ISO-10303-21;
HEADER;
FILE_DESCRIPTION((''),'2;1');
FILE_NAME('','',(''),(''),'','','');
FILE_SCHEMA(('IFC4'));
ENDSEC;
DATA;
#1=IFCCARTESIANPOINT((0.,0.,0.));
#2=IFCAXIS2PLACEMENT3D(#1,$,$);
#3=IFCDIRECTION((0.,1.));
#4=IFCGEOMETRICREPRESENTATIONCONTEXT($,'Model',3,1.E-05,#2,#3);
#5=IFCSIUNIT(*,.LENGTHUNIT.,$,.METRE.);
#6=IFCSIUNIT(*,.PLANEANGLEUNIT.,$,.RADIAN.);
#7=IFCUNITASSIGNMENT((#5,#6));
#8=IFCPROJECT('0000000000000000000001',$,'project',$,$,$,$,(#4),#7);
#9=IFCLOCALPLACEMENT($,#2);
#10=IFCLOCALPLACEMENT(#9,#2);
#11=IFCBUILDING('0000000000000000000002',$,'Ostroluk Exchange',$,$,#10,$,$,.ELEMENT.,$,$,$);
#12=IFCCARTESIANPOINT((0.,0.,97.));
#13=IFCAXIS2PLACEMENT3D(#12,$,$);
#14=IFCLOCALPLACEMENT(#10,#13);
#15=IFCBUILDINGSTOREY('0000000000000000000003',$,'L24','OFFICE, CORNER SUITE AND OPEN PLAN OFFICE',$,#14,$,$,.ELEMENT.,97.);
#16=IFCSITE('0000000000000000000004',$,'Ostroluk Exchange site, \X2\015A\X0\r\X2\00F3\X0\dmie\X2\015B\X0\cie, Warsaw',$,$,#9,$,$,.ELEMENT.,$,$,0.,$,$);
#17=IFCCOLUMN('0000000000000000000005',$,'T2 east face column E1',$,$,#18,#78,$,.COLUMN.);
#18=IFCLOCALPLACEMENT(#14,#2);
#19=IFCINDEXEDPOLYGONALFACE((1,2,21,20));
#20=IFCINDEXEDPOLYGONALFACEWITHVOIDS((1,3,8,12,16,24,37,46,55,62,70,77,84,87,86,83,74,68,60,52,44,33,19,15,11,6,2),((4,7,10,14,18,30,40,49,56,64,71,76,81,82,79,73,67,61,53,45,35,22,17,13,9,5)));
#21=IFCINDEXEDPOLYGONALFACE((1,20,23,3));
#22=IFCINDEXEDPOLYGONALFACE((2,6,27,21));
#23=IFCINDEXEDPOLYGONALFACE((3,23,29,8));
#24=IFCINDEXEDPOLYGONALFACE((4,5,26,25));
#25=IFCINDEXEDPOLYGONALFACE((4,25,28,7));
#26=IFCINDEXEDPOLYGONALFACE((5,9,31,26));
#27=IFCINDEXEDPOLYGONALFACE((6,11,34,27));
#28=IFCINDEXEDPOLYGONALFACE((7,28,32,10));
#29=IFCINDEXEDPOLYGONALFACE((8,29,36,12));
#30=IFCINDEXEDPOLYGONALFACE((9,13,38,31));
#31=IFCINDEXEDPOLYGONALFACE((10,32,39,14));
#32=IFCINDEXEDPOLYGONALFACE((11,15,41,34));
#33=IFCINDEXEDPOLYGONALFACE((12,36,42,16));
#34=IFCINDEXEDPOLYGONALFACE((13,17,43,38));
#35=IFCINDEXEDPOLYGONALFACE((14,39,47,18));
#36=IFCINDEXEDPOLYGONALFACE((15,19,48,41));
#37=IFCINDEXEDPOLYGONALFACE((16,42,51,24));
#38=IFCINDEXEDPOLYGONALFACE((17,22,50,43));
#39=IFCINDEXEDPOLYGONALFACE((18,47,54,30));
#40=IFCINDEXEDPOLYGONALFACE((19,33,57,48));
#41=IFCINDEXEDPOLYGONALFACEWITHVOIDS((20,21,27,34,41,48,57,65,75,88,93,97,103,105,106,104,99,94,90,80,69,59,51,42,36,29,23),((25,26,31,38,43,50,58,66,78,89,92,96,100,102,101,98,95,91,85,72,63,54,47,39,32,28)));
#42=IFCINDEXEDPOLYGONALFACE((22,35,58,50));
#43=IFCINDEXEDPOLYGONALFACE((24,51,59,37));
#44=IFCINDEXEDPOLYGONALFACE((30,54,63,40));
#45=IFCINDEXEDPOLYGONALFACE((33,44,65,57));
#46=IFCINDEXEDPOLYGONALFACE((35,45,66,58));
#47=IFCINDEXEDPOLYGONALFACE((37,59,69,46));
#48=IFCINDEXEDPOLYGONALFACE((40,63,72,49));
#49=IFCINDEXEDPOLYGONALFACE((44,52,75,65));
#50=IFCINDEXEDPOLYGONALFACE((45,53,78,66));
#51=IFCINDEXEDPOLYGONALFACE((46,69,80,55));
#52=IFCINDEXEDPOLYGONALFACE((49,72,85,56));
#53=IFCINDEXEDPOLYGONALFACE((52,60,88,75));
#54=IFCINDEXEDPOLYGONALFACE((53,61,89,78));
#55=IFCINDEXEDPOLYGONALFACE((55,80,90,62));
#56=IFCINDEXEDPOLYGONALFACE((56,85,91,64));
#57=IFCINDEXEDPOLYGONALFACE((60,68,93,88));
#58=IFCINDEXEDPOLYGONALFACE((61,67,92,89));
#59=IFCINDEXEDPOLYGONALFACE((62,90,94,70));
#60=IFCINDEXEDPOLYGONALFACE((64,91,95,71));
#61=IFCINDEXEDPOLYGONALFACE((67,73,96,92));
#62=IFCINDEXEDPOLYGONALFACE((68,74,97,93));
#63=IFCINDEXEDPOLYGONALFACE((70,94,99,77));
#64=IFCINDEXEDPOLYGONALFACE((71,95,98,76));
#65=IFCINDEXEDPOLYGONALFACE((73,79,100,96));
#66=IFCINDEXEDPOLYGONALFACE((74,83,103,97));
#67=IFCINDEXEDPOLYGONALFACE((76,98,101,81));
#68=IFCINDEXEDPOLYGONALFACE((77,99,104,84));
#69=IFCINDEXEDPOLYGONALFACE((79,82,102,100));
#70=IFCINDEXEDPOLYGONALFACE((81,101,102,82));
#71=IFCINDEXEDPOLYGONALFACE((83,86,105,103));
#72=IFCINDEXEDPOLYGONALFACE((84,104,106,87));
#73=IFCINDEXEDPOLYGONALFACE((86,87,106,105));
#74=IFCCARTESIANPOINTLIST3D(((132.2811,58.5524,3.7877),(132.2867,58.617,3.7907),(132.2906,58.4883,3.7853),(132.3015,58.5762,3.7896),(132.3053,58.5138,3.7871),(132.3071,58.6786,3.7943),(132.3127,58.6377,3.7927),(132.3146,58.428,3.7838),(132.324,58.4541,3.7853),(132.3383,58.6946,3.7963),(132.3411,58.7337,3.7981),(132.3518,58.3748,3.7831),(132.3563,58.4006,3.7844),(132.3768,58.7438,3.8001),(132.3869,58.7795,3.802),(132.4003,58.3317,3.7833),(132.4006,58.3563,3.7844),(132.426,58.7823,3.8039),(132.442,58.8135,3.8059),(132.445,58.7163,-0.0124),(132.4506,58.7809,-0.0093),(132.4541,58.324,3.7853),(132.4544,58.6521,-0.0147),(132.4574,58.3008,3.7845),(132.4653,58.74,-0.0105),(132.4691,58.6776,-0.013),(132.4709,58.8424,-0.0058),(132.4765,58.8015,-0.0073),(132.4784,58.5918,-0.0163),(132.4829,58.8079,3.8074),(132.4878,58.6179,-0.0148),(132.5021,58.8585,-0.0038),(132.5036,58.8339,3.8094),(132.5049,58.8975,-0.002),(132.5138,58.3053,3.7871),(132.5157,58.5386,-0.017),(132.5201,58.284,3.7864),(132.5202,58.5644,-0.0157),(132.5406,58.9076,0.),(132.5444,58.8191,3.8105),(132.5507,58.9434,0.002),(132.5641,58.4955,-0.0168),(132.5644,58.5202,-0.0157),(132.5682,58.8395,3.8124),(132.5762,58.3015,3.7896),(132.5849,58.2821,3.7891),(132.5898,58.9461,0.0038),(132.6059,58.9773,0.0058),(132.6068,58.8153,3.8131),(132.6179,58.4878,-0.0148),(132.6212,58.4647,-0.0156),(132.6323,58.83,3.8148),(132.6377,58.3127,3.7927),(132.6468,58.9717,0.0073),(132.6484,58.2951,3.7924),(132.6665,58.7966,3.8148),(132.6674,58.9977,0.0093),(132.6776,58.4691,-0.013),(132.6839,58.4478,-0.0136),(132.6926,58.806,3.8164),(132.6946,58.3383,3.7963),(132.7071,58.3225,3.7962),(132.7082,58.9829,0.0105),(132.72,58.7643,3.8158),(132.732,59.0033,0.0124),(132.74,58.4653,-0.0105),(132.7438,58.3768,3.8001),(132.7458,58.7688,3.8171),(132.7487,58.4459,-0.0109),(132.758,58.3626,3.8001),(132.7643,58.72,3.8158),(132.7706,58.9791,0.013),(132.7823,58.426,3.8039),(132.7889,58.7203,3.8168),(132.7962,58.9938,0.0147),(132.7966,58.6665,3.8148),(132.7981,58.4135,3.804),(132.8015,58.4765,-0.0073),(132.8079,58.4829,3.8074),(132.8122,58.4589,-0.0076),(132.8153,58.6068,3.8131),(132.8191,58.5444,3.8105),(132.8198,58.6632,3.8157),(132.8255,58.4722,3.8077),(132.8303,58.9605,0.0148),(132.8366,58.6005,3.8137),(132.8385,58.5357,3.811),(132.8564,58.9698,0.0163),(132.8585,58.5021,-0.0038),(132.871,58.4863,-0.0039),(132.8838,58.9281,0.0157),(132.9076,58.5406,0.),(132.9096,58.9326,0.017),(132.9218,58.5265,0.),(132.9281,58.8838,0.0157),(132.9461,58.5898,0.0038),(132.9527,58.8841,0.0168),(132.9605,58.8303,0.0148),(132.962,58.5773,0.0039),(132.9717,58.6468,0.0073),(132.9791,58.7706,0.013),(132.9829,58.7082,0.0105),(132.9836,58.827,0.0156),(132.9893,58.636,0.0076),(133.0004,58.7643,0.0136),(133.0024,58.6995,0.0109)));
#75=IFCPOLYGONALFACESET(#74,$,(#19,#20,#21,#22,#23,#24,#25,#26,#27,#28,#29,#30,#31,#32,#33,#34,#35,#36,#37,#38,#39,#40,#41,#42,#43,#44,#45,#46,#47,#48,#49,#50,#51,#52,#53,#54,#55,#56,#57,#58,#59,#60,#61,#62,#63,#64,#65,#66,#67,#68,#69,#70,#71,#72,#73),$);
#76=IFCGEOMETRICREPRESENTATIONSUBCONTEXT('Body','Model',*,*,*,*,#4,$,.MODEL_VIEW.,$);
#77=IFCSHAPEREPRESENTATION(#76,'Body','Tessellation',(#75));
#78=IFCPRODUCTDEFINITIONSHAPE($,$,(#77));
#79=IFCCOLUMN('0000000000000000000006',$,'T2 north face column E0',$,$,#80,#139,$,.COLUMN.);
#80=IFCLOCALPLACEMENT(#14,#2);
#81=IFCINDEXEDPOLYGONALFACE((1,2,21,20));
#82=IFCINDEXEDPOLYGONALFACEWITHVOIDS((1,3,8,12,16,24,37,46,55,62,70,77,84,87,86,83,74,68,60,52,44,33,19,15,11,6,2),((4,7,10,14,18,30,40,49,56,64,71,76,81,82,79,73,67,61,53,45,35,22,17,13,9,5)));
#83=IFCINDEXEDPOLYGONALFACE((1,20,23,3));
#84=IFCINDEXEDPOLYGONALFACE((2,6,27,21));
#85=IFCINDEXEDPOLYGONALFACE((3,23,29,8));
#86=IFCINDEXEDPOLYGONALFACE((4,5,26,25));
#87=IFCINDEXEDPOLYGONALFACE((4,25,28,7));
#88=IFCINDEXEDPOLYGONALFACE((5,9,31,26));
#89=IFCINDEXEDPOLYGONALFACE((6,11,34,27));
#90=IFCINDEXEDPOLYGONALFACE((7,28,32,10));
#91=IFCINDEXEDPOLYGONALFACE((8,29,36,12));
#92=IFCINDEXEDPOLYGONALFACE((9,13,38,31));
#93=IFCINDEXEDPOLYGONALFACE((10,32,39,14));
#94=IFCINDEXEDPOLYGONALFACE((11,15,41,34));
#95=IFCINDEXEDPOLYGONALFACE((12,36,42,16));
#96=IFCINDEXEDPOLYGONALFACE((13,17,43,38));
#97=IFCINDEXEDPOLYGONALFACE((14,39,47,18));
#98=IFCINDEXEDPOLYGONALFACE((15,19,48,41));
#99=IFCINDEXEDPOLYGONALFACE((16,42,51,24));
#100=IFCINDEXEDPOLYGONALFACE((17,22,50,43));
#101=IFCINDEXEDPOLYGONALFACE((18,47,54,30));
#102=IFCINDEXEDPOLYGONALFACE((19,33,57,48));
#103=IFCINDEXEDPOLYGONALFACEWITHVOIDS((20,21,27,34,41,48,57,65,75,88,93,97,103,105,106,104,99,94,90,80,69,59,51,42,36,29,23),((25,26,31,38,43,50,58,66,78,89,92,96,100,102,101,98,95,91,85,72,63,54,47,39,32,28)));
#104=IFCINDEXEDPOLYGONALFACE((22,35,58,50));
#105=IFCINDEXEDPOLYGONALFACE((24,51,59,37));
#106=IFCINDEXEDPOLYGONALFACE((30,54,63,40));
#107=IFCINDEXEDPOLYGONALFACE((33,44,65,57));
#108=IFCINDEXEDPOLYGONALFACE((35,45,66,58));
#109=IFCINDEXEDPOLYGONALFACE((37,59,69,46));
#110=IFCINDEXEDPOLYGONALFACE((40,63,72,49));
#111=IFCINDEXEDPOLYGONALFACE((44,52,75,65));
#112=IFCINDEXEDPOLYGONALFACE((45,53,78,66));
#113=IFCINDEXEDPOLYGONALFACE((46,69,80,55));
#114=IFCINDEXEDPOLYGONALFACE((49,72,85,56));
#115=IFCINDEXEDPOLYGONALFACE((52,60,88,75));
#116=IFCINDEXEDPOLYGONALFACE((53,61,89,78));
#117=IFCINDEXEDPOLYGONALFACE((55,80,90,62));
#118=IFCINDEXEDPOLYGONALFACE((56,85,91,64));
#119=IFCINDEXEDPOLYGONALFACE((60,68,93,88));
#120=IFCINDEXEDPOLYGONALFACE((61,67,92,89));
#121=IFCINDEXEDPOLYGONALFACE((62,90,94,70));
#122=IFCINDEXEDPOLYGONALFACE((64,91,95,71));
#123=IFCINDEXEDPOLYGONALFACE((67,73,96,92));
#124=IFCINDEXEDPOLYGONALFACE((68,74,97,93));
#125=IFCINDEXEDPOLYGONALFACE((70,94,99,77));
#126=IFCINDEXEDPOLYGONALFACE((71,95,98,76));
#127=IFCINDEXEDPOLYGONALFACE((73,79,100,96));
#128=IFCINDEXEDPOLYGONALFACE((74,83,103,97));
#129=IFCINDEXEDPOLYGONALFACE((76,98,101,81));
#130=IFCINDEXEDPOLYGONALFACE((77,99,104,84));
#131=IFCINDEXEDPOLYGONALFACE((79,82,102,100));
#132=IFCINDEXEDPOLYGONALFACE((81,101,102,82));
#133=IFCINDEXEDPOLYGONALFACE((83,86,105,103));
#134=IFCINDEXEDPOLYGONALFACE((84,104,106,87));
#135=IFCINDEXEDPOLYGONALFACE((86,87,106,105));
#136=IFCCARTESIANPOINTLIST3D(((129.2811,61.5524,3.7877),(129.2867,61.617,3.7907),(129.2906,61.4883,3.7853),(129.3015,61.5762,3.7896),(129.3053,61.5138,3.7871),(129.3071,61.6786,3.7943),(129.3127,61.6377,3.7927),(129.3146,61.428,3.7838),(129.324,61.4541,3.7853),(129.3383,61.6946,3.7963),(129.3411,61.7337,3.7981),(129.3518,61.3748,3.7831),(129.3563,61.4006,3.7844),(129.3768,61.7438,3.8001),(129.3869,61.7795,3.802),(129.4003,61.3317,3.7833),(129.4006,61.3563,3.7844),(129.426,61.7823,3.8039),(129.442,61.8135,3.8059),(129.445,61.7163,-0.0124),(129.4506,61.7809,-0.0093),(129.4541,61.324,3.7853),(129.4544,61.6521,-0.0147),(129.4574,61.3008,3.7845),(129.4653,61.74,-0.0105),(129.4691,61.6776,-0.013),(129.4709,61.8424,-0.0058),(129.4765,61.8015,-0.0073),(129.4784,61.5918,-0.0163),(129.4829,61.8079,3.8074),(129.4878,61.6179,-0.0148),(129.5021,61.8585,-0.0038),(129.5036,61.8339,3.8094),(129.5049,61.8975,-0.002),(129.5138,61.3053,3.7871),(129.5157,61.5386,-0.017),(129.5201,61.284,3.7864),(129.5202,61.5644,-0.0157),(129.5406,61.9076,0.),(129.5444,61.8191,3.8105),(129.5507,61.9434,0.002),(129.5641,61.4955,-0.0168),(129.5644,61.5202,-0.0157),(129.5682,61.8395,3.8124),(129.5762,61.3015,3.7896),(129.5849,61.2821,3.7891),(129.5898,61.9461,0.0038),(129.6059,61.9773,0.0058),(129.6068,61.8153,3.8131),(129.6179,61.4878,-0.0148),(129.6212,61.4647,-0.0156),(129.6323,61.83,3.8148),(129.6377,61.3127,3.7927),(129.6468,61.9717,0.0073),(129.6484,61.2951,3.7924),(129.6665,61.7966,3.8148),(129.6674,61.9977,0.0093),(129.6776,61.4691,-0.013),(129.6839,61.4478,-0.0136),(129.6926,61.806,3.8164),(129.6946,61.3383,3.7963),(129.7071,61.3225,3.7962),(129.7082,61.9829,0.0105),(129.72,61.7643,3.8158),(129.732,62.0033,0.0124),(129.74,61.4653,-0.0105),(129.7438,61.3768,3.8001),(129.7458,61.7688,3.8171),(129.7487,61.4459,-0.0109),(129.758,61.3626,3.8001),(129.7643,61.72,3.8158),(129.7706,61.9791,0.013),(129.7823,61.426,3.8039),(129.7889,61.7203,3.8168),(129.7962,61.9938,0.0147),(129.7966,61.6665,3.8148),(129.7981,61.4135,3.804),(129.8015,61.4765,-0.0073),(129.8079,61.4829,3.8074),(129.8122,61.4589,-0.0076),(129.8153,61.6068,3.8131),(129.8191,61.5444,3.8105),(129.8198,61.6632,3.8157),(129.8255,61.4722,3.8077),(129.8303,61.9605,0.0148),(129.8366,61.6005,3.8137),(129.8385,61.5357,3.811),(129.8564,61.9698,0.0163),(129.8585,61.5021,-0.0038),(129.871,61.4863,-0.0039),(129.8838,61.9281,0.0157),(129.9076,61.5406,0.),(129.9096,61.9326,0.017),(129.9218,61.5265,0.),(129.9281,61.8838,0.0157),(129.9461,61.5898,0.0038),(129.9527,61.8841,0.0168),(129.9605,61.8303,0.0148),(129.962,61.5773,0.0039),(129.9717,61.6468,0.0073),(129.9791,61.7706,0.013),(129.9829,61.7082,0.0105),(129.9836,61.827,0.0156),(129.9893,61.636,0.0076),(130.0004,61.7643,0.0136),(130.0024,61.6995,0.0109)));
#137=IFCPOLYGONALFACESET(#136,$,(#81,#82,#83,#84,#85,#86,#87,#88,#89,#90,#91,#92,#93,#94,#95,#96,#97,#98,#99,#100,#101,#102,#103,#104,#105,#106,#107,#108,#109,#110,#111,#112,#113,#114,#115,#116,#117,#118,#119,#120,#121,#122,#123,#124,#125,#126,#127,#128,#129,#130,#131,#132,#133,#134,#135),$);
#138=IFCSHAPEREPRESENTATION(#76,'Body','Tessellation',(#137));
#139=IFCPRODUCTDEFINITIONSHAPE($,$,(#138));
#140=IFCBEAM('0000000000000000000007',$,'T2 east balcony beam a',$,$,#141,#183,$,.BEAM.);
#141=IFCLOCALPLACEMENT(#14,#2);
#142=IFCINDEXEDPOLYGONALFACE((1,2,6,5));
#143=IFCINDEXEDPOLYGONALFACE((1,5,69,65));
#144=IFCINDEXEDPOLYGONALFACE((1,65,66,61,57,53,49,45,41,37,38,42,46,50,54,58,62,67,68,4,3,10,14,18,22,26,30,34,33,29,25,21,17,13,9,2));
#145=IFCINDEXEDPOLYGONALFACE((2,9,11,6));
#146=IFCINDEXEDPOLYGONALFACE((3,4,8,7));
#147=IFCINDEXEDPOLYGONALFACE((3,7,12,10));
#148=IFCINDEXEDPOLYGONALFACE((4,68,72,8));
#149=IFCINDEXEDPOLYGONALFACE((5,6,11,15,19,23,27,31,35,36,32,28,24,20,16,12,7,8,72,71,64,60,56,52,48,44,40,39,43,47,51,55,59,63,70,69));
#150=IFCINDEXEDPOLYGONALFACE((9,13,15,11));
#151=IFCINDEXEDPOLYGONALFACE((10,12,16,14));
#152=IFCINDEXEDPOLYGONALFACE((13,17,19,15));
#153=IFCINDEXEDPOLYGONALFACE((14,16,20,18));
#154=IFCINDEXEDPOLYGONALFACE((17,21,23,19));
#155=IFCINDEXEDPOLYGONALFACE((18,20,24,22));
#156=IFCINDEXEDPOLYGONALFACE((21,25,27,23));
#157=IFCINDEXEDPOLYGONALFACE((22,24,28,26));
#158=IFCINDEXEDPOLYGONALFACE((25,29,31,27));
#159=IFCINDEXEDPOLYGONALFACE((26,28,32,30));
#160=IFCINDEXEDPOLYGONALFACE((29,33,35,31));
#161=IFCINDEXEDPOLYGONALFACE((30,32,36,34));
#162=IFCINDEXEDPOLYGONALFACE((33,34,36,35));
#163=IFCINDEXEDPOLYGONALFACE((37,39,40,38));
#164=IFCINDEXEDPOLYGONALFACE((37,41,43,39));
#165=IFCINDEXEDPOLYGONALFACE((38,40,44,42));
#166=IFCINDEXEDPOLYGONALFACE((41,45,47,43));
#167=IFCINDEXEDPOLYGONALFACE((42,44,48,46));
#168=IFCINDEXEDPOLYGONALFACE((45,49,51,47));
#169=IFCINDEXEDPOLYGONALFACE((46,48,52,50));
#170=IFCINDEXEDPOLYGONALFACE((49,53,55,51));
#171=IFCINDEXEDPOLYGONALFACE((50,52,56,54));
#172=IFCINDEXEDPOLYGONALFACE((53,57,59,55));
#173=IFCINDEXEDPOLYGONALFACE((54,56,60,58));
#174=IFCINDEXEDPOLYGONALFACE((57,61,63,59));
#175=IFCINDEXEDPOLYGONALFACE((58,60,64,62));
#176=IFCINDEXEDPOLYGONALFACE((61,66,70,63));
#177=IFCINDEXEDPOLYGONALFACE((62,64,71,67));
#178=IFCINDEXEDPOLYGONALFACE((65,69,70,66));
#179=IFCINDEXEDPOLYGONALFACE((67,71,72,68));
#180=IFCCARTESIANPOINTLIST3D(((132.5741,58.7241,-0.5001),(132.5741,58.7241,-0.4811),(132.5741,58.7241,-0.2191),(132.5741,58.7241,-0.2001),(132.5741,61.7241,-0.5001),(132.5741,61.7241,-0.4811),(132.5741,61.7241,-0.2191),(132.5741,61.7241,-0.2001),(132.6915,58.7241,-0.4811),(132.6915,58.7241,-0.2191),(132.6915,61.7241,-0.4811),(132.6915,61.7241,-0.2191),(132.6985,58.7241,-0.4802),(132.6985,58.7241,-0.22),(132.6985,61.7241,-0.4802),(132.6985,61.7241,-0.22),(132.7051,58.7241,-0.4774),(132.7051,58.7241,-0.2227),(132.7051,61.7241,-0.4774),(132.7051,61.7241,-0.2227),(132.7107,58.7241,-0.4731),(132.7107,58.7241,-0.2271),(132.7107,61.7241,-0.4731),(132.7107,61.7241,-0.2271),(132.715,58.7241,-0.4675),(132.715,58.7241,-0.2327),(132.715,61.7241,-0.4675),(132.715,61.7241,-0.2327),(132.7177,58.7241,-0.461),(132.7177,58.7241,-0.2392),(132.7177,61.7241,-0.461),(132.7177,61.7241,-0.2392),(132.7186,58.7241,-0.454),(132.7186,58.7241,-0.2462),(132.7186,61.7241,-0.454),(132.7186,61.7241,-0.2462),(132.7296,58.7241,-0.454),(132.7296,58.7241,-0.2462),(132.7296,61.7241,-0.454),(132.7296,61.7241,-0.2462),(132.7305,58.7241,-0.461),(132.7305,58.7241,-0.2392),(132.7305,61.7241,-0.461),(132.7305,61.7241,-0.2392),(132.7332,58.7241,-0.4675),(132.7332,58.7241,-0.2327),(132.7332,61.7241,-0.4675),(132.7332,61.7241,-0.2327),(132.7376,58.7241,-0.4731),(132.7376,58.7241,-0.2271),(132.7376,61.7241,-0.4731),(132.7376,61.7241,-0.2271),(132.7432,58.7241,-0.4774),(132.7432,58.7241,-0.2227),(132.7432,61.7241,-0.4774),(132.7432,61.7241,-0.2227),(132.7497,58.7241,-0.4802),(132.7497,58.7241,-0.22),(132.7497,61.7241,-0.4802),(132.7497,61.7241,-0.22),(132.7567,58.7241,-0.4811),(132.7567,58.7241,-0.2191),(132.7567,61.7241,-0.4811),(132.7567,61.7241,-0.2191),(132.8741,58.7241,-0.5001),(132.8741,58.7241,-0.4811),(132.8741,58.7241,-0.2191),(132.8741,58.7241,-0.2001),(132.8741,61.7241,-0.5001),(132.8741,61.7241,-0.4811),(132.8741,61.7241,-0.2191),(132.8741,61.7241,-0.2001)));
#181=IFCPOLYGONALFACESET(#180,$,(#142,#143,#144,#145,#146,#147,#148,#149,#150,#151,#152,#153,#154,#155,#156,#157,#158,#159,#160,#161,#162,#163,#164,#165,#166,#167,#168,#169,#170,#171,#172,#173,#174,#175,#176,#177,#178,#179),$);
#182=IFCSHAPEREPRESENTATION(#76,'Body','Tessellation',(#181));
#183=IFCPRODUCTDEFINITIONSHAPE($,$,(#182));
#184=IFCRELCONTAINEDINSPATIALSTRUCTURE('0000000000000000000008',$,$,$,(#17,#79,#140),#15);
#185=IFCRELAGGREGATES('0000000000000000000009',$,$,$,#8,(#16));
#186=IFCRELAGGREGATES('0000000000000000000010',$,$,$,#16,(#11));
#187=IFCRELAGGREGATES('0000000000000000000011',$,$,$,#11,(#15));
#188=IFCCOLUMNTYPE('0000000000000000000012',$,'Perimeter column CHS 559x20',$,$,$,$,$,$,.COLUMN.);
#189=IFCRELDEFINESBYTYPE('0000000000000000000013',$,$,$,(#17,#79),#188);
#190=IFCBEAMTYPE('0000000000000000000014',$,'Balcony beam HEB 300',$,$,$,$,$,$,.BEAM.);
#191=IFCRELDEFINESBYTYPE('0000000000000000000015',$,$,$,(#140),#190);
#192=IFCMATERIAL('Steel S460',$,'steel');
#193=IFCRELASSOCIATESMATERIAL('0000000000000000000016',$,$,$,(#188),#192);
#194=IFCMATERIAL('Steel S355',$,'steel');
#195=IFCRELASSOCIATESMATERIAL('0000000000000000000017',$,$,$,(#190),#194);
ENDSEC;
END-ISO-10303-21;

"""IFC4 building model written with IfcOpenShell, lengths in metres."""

from ifc_helpers import new_model, si_unit, direction, frame, origin, origin_2d, place, context, subcontext, project, spatial, hollow_circle, i_section, extrude, material, material_profile, profile_set, type_object, element, save


model = new_model("IFC4")

# Units and contexts
model_context = context("Model", 3, precision=1e-05, world=origin(), true_north=direction((0.0, 1.0)))
body_context = subcontext(model_context, "Body", "Model", "MODEL_VIEW")
ifc_project = project(units=[si_unit("LENGTHUNIT", "METRE"), si_unit("PLANEANGLEUNIT", "RADIAN")], contexts=[model_context])

# Site, building, storey
site_placement = place(None, origin())
site = spatial("IfcSite", under=ifc_project, at=site_placement, Name="Ostroluk Exchange site, Śródmieście, Warsaw", CompositionType="ELEMENT", RefElevation=0.0)
building_placement = place(site_placement, origin())
building = spatial("IfcBuilding", under=site, at=building_placement, Name="Ostroluk Exchange", CompositionType="ELEMENT")
storey_placement = place(building_placement, frame((0.0, 0.0, 97.0)))
storey = spatial("IfcBuildingStorey", under=building, at=storey_placement, Name="L24", Description="OFFICE, CORNER SUITE AND OPEN PLAN OFFICE", CompositionType="ELEMENT", Elevation=97.0)

# Columns
ifc_material_1 = material(Name="Steel S460", Category="steel")
ifc_material_profile_1 = material_profile(ifc_material_1, hollow_circle(Radius=0.2795, WallThickness=0.02, at=origin_2d()), Name="CHS 559x20")
ifc_profile_set_1 = profile_set([ifc_material_profile_1], Name="Steel S460")
column_type = type_object("IfcColumnType", Name="Perimeter column CHS 559x20", PredefinedType="COLUMN", material=ifc_profile_set_1)
for number, where, z_axis, x_axis, name in (
    (1, (132.7241, 58.7241, 0.0), (-0.04303, -0.04303, 0.998147), (0.707107, -0.707107, 0.0), "T2 east face column E1"),
    (2, (129.7241, 61.7241, 0.0), (-0.04303, -0.04303, 0.998147), (0.707107, -0.707107, 0.0), "T2 north face column E0"),
):
    element("IfcColumn", number, at=place(storey_placement, frame(where, z_axis=z_axis, x_axis=x_axis)), inside=storey, type_object=column_type, Name=name, PredefinedType="COLUMN", context=body_context, shape_type="SweptSolid", body=[
        extrude(hollow_circle(Radius=0.2795, WallThickness=0.02, at=origin_2d()), origin(), (0.0, 0.0, 1.0), 3.8071),
    ])

# Beam
ifc_material_2 = material(Name="Steel S355", Category="steel")
ifc_material_profile_2 = material_profile(ifc_material_2, i_section(OverallWidth=0.3, OverallDepth=0.3, WebThickness=0.011, FlangeThickness=0.019, FilletRadius=0.0271, at=origin_2d()), Name="HEB 300")
ifc_profile_set_2 = profile_set([ifc_material_profile_2], Name="Steel S355")
beam_type_1 = type_object("IfcBeamType", Name="Balcony beam HEB 300", PredefinedType="BEAM", material=ifc_profile_set_2)
for number, where, z_axis, x_axis, name in (
    (3, (132.7241, 58.7241, -0.3501), (0.0, 1.0, 0.0), (-1.0, 0.0, 0.0), "T2 east balcony beam a"),
):
    element("IfcBeam", number, at=place(storey_placement, frame(where, z_axis=z_axis, x_axis=x_axis)), inside=storey, type_object=beam_type_1, Name=name, PredefinedType="BEAM", context=body_context, shape_type="SweptSolid", body=[
        extrude(i_section(OverallWidth=0.3, OverallDepth=0.3, WebThickness=0.011, FlangeThickness=0.019, FilletRadius=0.0271, at=origin_2d()), origin(), (0.0, 0.0, 1.0), 3.0),
    ])

save(model, "model.ifc")
